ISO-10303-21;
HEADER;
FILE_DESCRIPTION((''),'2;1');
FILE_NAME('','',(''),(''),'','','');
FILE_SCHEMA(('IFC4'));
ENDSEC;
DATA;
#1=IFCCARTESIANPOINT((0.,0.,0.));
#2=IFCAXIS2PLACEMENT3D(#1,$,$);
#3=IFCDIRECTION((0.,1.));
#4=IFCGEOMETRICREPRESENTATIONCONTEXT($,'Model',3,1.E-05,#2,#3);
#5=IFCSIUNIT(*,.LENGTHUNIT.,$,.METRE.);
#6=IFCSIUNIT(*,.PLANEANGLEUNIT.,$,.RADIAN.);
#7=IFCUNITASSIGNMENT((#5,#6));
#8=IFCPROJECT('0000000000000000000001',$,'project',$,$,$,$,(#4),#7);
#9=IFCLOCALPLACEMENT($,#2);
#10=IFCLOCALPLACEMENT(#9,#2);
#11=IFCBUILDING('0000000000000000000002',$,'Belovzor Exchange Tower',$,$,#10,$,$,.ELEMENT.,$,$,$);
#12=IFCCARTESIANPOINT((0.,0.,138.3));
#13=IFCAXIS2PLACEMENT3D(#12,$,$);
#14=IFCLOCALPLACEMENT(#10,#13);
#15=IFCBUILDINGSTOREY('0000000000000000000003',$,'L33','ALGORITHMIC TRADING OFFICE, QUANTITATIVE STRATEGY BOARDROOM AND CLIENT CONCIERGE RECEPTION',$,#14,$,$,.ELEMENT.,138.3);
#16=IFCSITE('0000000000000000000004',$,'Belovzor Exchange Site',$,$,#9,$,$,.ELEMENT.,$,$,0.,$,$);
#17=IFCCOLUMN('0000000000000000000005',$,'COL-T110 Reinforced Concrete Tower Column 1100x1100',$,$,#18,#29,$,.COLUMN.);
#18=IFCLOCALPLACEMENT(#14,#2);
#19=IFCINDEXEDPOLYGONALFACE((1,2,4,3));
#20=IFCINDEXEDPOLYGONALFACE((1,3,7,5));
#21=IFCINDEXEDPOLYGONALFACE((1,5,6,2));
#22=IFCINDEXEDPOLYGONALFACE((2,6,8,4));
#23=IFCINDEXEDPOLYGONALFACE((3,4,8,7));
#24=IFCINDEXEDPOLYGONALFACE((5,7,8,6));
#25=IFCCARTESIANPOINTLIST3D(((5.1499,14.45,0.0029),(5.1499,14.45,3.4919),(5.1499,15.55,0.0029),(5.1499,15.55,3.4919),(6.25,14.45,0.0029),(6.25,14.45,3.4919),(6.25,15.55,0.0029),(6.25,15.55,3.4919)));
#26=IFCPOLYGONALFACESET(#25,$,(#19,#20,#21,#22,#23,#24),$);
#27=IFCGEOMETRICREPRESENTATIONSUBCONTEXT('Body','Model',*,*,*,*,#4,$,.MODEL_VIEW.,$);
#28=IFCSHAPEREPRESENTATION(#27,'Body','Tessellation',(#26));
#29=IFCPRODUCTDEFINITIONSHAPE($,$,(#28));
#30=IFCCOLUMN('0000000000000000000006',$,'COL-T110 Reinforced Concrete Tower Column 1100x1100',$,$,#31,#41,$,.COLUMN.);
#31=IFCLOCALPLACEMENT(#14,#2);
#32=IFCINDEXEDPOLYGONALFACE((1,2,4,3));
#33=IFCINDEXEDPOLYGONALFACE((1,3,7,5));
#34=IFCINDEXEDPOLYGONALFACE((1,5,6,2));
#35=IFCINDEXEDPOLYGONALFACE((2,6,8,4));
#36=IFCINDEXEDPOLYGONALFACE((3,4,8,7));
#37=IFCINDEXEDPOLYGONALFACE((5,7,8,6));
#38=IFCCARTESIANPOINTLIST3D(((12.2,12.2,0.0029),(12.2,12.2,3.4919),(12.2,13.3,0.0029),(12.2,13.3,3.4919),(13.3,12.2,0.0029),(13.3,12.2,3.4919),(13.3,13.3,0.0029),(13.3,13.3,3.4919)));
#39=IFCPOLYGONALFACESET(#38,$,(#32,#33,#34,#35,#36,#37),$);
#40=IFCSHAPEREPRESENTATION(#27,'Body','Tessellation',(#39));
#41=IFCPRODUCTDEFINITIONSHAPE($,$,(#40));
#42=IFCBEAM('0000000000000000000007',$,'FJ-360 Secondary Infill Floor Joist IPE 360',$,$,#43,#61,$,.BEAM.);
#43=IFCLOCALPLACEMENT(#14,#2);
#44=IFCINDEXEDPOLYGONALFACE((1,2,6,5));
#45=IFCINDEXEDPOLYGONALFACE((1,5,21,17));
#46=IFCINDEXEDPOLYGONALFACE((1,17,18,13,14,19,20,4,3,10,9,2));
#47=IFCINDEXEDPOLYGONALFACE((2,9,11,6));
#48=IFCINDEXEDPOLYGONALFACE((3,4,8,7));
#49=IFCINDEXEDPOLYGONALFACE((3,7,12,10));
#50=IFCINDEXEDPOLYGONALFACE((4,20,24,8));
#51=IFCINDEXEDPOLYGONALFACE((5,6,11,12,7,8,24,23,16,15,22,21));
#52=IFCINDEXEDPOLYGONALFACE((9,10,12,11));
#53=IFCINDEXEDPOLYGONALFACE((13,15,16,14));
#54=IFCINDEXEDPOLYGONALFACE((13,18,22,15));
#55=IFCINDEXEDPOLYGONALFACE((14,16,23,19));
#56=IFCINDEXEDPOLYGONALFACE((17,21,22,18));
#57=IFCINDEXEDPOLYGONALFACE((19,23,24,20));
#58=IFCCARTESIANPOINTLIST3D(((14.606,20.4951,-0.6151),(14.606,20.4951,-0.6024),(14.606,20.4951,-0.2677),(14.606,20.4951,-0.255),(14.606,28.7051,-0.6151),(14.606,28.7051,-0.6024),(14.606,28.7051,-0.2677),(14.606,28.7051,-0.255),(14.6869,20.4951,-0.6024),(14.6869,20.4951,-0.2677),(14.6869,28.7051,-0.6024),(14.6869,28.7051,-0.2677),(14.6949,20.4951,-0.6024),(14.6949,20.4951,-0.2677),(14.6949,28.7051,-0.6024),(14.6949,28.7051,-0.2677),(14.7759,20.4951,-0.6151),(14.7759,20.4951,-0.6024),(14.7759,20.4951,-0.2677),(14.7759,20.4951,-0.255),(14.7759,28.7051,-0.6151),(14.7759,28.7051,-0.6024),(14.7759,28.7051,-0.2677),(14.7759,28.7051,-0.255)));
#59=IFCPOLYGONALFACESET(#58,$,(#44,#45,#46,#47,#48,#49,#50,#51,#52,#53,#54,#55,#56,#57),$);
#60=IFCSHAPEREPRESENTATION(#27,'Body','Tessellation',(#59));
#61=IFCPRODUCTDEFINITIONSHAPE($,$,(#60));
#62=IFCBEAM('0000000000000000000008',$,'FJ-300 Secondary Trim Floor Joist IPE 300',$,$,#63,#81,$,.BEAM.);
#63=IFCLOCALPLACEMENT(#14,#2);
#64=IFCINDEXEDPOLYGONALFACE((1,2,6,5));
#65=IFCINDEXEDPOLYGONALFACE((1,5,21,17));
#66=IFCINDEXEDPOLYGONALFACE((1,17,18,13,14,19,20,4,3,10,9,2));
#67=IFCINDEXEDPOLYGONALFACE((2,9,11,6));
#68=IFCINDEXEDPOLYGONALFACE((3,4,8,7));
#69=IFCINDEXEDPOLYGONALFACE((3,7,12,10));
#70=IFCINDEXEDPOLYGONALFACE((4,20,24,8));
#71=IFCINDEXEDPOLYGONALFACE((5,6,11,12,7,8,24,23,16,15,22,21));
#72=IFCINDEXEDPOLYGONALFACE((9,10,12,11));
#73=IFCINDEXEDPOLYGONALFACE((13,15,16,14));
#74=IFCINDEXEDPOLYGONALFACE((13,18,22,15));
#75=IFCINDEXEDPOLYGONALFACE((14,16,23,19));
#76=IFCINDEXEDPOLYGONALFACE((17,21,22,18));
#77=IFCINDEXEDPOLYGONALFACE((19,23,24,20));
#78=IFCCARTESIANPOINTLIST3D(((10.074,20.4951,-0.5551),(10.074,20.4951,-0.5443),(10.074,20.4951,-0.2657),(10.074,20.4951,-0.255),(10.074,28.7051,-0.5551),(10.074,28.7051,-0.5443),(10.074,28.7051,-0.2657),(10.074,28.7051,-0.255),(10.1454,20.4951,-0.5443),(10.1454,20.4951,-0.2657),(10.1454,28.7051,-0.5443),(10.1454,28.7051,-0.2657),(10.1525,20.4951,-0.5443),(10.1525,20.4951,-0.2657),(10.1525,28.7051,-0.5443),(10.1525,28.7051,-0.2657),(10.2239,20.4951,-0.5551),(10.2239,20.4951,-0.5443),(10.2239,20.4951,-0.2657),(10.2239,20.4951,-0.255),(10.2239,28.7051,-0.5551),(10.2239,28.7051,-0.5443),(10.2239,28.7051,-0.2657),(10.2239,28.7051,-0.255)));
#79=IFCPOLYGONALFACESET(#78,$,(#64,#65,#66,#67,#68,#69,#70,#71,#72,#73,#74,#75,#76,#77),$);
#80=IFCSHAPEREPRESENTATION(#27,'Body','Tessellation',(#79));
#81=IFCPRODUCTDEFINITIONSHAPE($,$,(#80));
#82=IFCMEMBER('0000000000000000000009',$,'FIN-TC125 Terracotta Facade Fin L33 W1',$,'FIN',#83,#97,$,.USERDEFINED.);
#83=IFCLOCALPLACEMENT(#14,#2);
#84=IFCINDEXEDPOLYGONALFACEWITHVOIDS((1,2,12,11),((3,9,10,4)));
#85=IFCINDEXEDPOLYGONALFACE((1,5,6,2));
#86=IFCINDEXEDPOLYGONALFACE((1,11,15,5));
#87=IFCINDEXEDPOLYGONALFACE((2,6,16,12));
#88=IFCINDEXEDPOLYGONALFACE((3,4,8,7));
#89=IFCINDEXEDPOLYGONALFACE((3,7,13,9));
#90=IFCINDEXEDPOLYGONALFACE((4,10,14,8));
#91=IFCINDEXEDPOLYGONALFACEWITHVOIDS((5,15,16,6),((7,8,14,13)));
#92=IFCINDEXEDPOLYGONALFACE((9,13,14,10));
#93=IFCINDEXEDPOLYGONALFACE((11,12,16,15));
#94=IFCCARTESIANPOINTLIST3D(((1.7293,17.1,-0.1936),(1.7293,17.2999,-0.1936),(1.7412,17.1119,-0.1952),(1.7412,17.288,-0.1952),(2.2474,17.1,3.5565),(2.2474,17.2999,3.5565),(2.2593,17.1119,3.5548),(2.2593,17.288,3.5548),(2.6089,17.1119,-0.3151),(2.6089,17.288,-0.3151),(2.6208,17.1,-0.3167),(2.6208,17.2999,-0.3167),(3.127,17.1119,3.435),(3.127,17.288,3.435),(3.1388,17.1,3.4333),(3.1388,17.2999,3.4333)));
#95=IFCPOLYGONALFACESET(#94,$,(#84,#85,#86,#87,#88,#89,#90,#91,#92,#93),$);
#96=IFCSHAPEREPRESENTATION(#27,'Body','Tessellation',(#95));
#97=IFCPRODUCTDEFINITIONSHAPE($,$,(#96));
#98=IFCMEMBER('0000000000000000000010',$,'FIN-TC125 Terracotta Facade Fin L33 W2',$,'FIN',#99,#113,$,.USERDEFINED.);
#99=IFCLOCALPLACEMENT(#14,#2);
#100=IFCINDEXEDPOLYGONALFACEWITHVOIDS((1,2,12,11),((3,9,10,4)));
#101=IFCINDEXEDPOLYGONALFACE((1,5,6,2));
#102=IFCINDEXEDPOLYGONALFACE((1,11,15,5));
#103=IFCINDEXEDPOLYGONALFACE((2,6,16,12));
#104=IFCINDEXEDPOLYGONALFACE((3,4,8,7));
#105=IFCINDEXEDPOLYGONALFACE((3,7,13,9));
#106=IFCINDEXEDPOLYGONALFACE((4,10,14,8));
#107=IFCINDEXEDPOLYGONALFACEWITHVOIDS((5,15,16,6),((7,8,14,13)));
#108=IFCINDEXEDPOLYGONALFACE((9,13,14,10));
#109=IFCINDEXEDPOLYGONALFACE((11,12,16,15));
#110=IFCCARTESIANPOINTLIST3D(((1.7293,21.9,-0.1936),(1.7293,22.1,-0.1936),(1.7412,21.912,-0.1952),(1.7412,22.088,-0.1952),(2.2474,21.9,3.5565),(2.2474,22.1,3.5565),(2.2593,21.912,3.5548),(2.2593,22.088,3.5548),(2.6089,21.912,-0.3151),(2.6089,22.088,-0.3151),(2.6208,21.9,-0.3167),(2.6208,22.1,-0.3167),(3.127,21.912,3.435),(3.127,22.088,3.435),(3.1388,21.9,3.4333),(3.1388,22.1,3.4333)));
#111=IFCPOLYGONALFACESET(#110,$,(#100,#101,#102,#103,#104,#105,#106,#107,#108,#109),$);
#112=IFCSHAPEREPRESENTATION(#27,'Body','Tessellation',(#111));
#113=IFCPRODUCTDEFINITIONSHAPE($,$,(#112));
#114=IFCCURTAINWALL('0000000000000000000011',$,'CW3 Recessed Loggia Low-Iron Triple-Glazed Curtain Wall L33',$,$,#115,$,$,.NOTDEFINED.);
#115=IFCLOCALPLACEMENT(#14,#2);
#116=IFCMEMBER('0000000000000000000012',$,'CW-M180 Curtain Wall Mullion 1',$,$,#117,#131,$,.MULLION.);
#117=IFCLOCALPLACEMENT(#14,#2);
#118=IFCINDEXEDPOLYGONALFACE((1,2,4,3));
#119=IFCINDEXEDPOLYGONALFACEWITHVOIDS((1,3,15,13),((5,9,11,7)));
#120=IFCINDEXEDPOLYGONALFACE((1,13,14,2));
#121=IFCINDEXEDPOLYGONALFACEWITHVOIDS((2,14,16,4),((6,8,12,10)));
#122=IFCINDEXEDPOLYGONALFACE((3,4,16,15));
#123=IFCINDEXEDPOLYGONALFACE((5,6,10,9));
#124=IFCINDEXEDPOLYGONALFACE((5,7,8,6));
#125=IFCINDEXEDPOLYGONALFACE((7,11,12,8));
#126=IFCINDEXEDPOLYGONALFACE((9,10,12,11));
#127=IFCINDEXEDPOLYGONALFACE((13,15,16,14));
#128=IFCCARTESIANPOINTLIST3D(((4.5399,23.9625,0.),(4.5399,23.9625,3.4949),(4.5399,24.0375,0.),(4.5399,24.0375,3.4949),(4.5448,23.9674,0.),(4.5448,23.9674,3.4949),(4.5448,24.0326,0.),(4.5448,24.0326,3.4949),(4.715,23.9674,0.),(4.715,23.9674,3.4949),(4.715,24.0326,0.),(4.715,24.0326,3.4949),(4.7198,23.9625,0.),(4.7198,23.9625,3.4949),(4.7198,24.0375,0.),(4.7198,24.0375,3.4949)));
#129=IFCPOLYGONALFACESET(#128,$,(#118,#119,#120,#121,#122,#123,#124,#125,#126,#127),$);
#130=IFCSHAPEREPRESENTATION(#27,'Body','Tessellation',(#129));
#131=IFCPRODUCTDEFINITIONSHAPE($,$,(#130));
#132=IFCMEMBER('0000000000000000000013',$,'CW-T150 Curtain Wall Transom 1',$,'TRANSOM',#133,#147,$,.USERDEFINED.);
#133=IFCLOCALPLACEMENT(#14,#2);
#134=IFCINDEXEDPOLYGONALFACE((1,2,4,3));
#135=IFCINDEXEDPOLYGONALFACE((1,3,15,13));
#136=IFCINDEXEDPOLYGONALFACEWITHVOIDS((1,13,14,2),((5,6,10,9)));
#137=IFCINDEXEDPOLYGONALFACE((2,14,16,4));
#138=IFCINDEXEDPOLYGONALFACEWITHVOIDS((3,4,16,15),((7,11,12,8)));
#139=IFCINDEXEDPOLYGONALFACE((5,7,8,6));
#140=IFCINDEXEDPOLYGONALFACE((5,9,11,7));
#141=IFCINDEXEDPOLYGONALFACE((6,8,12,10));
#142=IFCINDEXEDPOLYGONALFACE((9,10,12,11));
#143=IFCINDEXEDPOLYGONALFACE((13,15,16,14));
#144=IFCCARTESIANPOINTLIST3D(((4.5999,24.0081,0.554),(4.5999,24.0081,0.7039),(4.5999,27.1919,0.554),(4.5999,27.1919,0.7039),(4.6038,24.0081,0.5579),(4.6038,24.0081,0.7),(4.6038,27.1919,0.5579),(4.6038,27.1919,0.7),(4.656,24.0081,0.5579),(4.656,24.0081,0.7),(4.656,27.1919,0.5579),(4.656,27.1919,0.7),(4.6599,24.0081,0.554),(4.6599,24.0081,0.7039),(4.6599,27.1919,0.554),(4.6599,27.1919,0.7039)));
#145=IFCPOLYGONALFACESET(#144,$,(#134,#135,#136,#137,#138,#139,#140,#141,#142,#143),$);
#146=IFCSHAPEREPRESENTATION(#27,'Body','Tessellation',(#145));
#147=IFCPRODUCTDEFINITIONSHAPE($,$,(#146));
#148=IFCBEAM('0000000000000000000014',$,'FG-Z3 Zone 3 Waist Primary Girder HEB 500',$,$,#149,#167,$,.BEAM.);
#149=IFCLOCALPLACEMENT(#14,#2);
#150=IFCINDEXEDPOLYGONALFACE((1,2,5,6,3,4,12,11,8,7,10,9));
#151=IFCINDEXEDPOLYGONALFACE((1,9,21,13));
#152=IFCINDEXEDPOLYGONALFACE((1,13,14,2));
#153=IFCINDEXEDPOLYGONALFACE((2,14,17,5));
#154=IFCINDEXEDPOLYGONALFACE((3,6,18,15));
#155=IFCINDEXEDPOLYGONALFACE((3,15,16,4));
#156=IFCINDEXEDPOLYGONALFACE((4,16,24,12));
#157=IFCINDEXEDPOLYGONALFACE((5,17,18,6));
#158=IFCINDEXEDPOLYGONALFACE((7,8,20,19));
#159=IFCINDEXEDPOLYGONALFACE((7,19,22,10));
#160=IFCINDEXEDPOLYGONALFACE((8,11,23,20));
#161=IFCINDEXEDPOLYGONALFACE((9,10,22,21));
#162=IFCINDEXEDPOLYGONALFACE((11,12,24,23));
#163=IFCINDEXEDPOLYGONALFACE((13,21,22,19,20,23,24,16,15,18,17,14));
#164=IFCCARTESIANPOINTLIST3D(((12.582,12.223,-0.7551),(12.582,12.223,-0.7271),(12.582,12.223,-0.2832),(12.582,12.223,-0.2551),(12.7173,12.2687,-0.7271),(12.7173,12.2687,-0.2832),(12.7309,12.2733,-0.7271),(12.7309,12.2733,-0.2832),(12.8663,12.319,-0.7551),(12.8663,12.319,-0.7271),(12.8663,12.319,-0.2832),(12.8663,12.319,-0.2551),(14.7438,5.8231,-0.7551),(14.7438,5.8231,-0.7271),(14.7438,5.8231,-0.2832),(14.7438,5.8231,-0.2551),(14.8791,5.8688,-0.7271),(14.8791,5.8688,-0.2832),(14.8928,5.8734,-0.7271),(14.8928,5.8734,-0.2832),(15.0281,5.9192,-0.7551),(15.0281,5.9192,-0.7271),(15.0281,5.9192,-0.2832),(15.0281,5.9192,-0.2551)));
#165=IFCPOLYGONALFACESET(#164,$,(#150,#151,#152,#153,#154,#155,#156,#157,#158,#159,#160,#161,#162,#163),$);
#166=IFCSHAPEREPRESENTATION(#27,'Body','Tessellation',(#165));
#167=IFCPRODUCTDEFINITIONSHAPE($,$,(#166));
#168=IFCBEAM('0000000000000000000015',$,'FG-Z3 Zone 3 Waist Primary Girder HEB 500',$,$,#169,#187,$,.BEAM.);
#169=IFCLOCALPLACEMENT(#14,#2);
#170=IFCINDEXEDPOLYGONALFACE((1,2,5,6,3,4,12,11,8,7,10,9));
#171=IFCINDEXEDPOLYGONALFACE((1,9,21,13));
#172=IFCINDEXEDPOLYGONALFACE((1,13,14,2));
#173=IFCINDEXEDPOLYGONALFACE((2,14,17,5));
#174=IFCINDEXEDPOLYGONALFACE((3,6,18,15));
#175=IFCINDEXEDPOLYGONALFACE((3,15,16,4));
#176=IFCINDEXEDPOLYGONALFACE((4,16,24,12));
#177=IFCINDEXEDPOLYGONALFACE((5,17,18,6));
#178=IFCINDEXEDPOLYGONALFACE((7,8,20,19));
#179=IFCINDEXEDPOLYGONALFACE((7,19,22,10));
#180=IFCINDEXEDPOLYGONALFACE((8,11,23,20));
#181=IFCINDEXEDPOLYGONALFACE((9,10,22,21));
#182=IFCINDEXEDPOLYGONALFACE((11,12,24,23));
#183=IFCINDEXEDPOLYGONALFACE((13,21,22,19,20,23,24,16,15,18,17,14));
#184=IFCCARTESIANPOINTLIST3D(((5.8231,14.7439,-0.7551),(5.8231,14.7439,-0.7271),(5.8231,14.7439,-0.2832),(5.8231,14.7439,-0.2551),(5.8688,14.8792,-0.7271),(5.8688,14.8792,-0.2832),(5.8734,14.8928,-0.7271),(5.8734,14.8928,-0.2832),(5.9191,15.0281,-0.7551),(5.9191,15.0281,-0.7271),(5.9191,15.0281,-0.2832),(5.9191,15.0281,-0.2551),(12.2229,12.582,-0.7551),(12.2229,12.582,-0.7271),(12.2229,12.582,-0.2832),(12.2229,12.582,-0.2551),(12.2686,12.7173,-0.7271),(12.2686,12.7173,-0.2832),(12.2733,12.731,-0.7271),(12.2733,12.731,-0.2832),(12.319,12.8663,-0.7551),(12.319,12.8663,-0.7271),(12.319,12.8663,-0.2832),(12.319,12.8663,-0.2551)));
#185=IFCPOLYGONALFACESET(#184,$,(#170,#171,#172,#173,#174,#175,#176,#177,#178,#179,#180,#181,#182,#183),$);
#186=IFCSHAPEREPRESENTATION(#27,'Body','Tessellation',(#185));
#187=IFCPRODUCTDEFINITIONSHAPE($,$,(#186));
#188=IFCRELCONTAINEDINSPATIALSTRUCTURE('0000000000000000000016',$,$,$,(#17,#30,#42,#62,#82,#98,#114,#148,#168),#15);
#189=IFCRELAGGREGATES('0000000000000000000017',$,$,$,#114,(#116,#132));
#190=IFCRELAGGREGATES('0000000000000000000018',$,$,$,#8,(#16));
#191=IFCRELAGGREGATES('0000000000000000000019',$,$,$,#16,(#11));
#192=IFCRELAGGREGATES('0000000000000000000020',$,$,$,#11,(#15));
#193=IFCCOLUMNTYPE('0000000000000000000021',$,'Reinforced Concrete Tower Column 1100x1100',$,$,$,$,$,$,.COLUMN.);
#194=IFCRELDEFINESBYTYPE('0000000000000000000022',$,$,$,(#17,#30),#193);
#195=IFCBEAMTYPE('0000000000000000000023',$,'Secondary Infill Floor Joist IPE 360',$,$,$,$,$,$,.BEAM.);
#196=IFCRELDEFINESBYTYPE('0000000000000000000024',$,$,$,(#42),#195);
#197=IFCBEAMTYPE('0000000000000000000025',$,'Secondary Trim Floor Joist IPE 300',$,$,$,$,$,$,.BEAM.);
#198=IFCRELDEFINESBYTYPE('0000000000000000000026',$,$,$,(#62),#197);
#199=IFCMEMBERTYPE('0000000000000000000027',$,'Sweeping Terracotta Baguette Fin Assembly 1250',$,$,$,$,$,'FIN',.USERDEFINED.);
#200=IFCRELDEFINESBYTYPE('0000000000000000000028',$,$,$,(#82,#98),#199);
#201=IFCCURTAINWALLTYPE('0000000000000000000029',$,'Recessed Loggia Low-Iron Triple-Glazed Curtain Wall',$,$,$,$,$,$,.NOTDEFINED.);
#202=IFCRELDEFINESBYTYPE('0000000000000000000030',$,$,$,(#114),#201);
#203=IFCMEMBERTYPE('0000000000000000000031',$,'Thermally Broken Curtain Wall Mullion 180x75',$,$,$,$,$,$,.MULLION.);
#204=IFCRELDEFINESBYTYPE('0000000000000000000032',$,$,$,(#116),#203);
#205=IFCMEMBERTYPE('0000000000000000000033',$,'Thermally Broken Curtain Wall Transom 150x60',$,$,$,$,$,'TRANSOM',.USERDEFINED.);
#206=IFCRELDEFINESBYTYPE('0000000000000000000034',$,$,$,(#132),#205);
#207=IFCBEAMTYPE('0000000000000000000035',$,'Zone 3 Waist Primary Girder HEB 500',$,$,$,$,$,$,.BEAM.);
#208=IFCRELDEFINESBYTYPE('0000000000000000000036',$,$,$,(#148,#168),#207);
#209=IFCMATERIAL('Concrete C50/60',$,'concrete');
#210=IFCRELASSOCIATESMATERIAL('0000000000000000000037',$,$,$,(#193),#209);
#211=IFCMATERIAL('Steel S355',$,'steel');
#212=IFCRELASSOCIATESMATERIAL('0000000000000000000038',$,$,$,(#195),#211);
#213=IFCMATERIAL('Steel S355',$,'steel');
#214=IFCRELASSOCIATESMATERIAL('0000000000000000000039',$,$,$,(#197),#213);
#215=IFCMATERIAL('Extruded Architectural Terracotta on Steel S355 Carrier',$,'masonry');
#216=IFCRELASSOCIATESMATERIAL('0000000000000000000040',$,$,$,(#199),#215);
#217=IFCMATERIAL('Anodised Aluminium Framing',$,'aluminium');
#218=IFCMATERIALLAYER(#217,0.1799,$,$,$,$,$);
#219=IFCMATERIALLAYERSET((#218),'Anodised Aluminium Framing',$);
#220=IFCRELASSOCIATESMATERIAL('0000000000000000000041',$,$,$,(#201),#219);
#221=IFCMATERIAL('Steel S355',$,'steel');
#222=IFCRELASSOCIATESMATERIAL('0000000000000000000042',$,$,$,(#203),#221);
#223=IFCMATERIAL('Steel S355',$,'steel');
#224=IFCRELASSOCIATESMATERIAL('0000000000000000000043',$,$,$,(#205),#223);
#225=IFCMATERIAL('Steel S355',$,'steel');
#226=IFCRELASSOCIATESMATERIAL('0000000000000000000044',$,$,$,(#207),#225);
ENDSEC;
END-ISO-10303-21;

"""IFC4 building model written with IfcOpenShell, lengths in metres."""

from ifc_helpers import new_model, si_unit, direction, frame, origin, origin_2d, place, context, subcontext, project, spatial, rectangle, hollow_rectangle, i_section, extrude, material, layer, layer_set, material_profile, profile_set, type_object, element, aggregate, save


model = new_model("IFC4")

# Units and contexts
model_context = context("Model", 3, precision=1e-05, world=origin(), true_north=direction((0.0, 1.0)))
body_context = subcontext(model_context, "Body", "Model", "MODEL_VIEW")
ifc_project = project(units=[si_unit("LENGTHUNIT", "METRE"), si_unit("PLANEANGLEUNIT", "RADIAN")], contexts=[model_context])

# Site, building, storey
site_placement = place(None, origin())
site = spatial("IfcSite", under=ifc_project, at=site_placement, Name="Belovzor Exchange Site", CompositionType="ELEMENT", RefElevation=0.0)
building_placement = place(site_placement, origin())
building = spatial("IfcBuilding", under=site, at=building_placement, Name="Belovzor Exchange Tower", CompositionType="ELEMENT")
storey_placement = place(building_placement, frame((0.0, 0.0, 138.3)))
storey = spatial("IfcBuildingStorey", under=building, at=storey_placement, Name="L33", Description="ALGORITHMIC TRADING OFFICE, QUANTITATIVE STRATEGY BOARDROOM AND CLIENT CONCIERGE RECEPTION", CompositionType="ELEMENT", Elevation=138.3)

# Columns
ifc_material_1 = material(Name="Concrete C50/60", Category="concrete")
ifc_material_profile_1 = material_profile(ifc_material_1, rectangle(XDim=1.1001, YDim=1.1001, at=origin_2d()))
ifc_profile_set_1 = profile_set([ifc_material_profile_1], Name="Concrete C50/60")
column_type = type_object("IfcColumnType", Name="Reinforced Concrete Tower Column 1100x1100", PredefinedType="COLUMN", material=ifc_profile_set_1)
for number, where, z_axis, x_axis, name in (
    (1, (5.7, 15.0, 0.0029), (0.0, 0.0, 1.0), (1.0, 0.0, 0.0), "COL-T110 Reinforced Concrete Tower Column 1100x1100"),
    (2, (12.75, 12.75, 0.0029), (0.0, 0.0, 1.0), (1.0, 0.0, 0.0), "COL-T110 Reinforced Concrete Tower Column 1100x1100"),
):
    element("IfcColumn", number, at=place(storey_placement, frame(where, z_axis=z_axis, x_axis=x_axis)), inside=storey, type_object=column_type, Name=name, PredefinedType="COLUMN", context=body_context, shape_type="SweptSolid", body=[
        extrude(rectangle(XDim=1.1001, YDim=1.1001, at=origin_2d()), origin(), (0.0, 0.0, 1.0), 3.489),
    ])

# Beams
ifc_material_2 = material(Name="Steel S355", Category="steel")
ifc_material_profile_2 = material_profile(ifc_material_2, i_section(OverallWidth=0.1699, OverallDepth=0.3601, WebThickness=0.0081, FlangeThickness=0.0127, at=origin_2d()))
ifc_profile_set_2 = profile_set([ifc_material_profile_2], Name="Steel S355")
beam_type_1 = type_object("IfcBeamType", Name="Secondary Infill Floor Joist IPE 360", PredefinedType="BEAM", material=ifc_profile_set_2)
beam_1_placement = place(storey_placement, frame((14.6909, 20.4951, -0.4351), z_axis=(0.0, 1.0, 0.0), x_axis=(-1.0, 0.0, 0.0)))
element("IfcBeam", 3, at=beam_1_placement, inside=storey, type_object=beam_type_1, Name="FJ-360 Secondary Infill Floor Joist IPE 360", PredefinedType="BEAM", context=body_context, shape_type="SweptSolid", body=[
    extrude(i_section(OverallWidth=0.1699, OverallDepth=0.3601, WebThickness=0.0081, FlangeThickness=0.0127, at=origin_2d()), origin(), (0.0, 0.0, 1.0), 8.21),
])
ifc_material_3 = material(Name="Steel S355", Category="steel")
ifc_material_profile_3 = material_profile(ifc_material_3, i_section(OverallWidth=0.1499, OverallDepth=0.3, WebThickness=0.0071, FlangeThickness=0.0107, at=origin_2d()))
ifc_profile_set_3 = profile_set([ifc_material_profile_3], Name="Steel S355")
beam_type_2 = type_object("IfcBeamType", Name="Secondary Trim Floor Joist IPE 300", PredefinedType="BEAM", material=ifc_profile_set_3)
beam_2_placement = place(storey_placement, frame((10.1489, 20.4951, -0.405), z_axis=(0.0, 1.0, 0.0), x_axis=(-1.0, 0.0, 0.0)))
element("IfcBeam", 4, at=beam_2_placement, inside=storey, type_object=beam_type_2, Name="FJ-300 Secondary Trim Floor Joist IPE 300", PredefinedType="BEAM", context=body_context, shape_type="SweptSolid", body=[
    extrude(i_section(OverallWidth=0.1499, OverallDepth=0.3, WebThickness=0.0071, FlangeThickness=0.0107, at=origin_2d()), origin(), (0.0, 0.0, 1.0), 8.21),
])

# Members
ifc_material_4 = material(Name="Extruded Architectural Terracotta on Steel S355 Carrier", Category="masonry")
ifc_material_profile_4 = material_profile(ifc_material_4, hollow_rectangle(XDim=0.2, YDim=0.8999, WallThickness=0.012, at=origin_2d()))
ifc_profile_set_4 = profile_set([ifc_material_profile_4], Name="Extruded Architectural Terracotta on Steel S355 Carrier")
member_type_1 = type_object("IfcMemberType", Name="Sweeping Terracotta Baguette Fin Assembly 1250", ElementType="FIN", PredefinedType="USERDEFINED", material=ifc_profile_set_4)
for number, where, z_axis, x_axis, name in (
    (5, (2.175, 17.2, -0.2551), (0.136851, 0.0, 0.990592), (0.0, 1.0, 0.0), "FIN-TC125 Terracotta Facade Fin L33 W1"),
    (6, (2.175, 22.0, -0.2551), (0.136851, 0.0, 0.990592), (0.0, 1.0, 0.0), "FIN-TC125 Terracotta Facade Fin L33 W2"),
):
    element("IfcMember", number, at=place(storey_placement, frame(where, z_axis=z_axis, x_axis=x_axis)), inside=storey, type_object=member_type_1, Name=name, ObjectType="FIN", PredefinedType="USERDEFINED", context=body_context, shape_type="SweptSolid", body=[
        extrude(hollow_rectangle(XDim=0.2, YDim=0.8999, WallThickness=0.012, at=origin_2d()), origin(), (0.0, 0.0, 1.0), 3.7856),
    ])

# Curtain wall, members
ifc_material_5 = material(Name="Anodised Aluminium Framing", Category="aluminium")
ifc_layer_1 = layer(ifc_material_5, 0.1799)
ifc_layer_set_1 = layer_set([ifc_layer_1], Name="Anodised Aluminium Framing")
curtain_wall_type = type_object("IfcCurtainWallType", Name="Recessed Loggia Low-Iron Triple-Glazed Curtain Wall", PredefinedType="NOTDEFINED", material=ifc_layer_set_1)
curtain_wall_placement = place(storey_placement, origin())
curtain_wall = element("IfcCurtainWall", 7, at=curtain_wall_placement, inside=storey, type_object=curtain_wall_type, Name="CW3 Recessed Loggia Low-Iron Triple-Glazed Curtain Wall L33", PredefinedType="NOTDEFINED")
ifc_material_6 = material(Name="Steel S355", Category="steel")
ifc_material_profile_5 = material_profile(ifc_material_6, hollow_rectangle(XDim=0.075, YDim=0.1799, WallThickness=0.0049, at=origin_2d()))
ifc_profile_set_5 = profile_set([ifc_material_profile_5], Name="Steel S355")
member_type_2 = type_object("IfcMemberType", Name="Thermally Broken Curtain Wall Mullion 180x75", PredefinedType="MULLION", material=ifc_profile_set_5)
member_1_placement = place(storey_placement, frame((4.6299, 24.0, 0.0), z_axis=(0.0, 0.0, 1.0), x_axis=(0.0, 1.0, 0.0)))
member_1 = element("IfcMember", 8, at=member_1_placement, type_object=member_type_2, Name="CW-M180 Curtain Wall Mullion 1", PredefinedType="MULLION", context=body_context, shape_type="SweptSolid", body=[
    extrude(hollow_rectangle(XDim=0.075, YDim=0.1799, WallThickness=0.0049, at=origin_2d()), origin(), (0.0, 0.0, 1.0), 3.4949),
])
ifc_material_7 = material(Name="Steel S355", Category="steel")
ifc_material_profile_6 = material_profile(ifc_material_7, hollow_rectangle(XDim=0.0601, YDim=0.1499, WallThickness=0.0039, at=origin_2d()))
ifc_profile_set_6 = profile_set([ifc_material_profile_6], Name="Steel S355")
member_type_3 = type_object("IfcMemberType", Name="Thermally Broken Curtain Wall Transom 150x60", ElementType="TRANSOM", PredefinedType="USERDEFINED", material=ifc_profile_set_6)
member_2_placement = place(storey_placement, frame((4.6299, 24.0081, 0.6289), z_axis=(0.0, 1.0, 0.0), x_axis=(-1.0, 0.0, 0.0)))
member_2 = element("IfcMember", 9, at=member_2_placement, type_object=member_type_3, Name="CW-T150 Curtain Wall Transom 1", ObjectType="TRANSOM", PredefinedType="USERDEFINED", context=body_context, shape_type="SweptSolid", body=[
    extrude(hollow_rectangle(XDim=0.0601, YDim=0.1499, WallThickness=0.0039, at=origin_2d()), origin(), (0.0, 0.0, 1.0), 3.1838),
])

# Beams
ifc_material_8 = material(Name="Steel S355", Category="steel")
ifc_material_profile_7 = material_profile(ifc_material_8, i_section(OverallWidth=0.3, OverallDepth=0.5, WebThickness=0.0144, FlangeThickness=0.0281, at=origin_2d()))
ifc_profile_set_7 = profile_set([ifc_material_profile_7], Name="Steel S355")
beam_type_3 = type_object("IfcBeamType", Name="Zone 3 Waist Primary Girder HEB 500", PredefinedType="BEAM", material=ifc_profile_set_7)
for number, where, z_axis, x_axis, name in (
    (10, (12.7241, 12.271, -0.5051), (0.320031, -0.947407, 0.0), (0.947407, 0.320031, 0.0), "FG-Z3 Zone 3 Waist Primary Girder HEB 500"),
    (11, (5.8711, 14.886, -0.5051), (0.947407, -0.320031, 0.0), (0.320031, 0.947407, 0.0), "FG-Z3 Zone 3 Waist Primary Girder HEB 500"),
):
    element("IfcBeam", number, at=place(storey_placement, frame(where, z_axis=z_axis, x_axis=x_axis)), inside=storey, type_object=beam_type_3, Name=name, PredefinedType="BEAM", context=body_context, shape_type="SweptSolid", body=[
        extrude(i_section(OverallWidth=0.3, OverallDepth=0.5, WebThickness=0.0144, FlangeThickness=0.0281, at=origin_2d()), origin(), (0.0, 0.0, 1.0), 6.7551),
    ])

aggregate(curtain_wall, [member_1, member_2])

save(model, "model.ifc")
